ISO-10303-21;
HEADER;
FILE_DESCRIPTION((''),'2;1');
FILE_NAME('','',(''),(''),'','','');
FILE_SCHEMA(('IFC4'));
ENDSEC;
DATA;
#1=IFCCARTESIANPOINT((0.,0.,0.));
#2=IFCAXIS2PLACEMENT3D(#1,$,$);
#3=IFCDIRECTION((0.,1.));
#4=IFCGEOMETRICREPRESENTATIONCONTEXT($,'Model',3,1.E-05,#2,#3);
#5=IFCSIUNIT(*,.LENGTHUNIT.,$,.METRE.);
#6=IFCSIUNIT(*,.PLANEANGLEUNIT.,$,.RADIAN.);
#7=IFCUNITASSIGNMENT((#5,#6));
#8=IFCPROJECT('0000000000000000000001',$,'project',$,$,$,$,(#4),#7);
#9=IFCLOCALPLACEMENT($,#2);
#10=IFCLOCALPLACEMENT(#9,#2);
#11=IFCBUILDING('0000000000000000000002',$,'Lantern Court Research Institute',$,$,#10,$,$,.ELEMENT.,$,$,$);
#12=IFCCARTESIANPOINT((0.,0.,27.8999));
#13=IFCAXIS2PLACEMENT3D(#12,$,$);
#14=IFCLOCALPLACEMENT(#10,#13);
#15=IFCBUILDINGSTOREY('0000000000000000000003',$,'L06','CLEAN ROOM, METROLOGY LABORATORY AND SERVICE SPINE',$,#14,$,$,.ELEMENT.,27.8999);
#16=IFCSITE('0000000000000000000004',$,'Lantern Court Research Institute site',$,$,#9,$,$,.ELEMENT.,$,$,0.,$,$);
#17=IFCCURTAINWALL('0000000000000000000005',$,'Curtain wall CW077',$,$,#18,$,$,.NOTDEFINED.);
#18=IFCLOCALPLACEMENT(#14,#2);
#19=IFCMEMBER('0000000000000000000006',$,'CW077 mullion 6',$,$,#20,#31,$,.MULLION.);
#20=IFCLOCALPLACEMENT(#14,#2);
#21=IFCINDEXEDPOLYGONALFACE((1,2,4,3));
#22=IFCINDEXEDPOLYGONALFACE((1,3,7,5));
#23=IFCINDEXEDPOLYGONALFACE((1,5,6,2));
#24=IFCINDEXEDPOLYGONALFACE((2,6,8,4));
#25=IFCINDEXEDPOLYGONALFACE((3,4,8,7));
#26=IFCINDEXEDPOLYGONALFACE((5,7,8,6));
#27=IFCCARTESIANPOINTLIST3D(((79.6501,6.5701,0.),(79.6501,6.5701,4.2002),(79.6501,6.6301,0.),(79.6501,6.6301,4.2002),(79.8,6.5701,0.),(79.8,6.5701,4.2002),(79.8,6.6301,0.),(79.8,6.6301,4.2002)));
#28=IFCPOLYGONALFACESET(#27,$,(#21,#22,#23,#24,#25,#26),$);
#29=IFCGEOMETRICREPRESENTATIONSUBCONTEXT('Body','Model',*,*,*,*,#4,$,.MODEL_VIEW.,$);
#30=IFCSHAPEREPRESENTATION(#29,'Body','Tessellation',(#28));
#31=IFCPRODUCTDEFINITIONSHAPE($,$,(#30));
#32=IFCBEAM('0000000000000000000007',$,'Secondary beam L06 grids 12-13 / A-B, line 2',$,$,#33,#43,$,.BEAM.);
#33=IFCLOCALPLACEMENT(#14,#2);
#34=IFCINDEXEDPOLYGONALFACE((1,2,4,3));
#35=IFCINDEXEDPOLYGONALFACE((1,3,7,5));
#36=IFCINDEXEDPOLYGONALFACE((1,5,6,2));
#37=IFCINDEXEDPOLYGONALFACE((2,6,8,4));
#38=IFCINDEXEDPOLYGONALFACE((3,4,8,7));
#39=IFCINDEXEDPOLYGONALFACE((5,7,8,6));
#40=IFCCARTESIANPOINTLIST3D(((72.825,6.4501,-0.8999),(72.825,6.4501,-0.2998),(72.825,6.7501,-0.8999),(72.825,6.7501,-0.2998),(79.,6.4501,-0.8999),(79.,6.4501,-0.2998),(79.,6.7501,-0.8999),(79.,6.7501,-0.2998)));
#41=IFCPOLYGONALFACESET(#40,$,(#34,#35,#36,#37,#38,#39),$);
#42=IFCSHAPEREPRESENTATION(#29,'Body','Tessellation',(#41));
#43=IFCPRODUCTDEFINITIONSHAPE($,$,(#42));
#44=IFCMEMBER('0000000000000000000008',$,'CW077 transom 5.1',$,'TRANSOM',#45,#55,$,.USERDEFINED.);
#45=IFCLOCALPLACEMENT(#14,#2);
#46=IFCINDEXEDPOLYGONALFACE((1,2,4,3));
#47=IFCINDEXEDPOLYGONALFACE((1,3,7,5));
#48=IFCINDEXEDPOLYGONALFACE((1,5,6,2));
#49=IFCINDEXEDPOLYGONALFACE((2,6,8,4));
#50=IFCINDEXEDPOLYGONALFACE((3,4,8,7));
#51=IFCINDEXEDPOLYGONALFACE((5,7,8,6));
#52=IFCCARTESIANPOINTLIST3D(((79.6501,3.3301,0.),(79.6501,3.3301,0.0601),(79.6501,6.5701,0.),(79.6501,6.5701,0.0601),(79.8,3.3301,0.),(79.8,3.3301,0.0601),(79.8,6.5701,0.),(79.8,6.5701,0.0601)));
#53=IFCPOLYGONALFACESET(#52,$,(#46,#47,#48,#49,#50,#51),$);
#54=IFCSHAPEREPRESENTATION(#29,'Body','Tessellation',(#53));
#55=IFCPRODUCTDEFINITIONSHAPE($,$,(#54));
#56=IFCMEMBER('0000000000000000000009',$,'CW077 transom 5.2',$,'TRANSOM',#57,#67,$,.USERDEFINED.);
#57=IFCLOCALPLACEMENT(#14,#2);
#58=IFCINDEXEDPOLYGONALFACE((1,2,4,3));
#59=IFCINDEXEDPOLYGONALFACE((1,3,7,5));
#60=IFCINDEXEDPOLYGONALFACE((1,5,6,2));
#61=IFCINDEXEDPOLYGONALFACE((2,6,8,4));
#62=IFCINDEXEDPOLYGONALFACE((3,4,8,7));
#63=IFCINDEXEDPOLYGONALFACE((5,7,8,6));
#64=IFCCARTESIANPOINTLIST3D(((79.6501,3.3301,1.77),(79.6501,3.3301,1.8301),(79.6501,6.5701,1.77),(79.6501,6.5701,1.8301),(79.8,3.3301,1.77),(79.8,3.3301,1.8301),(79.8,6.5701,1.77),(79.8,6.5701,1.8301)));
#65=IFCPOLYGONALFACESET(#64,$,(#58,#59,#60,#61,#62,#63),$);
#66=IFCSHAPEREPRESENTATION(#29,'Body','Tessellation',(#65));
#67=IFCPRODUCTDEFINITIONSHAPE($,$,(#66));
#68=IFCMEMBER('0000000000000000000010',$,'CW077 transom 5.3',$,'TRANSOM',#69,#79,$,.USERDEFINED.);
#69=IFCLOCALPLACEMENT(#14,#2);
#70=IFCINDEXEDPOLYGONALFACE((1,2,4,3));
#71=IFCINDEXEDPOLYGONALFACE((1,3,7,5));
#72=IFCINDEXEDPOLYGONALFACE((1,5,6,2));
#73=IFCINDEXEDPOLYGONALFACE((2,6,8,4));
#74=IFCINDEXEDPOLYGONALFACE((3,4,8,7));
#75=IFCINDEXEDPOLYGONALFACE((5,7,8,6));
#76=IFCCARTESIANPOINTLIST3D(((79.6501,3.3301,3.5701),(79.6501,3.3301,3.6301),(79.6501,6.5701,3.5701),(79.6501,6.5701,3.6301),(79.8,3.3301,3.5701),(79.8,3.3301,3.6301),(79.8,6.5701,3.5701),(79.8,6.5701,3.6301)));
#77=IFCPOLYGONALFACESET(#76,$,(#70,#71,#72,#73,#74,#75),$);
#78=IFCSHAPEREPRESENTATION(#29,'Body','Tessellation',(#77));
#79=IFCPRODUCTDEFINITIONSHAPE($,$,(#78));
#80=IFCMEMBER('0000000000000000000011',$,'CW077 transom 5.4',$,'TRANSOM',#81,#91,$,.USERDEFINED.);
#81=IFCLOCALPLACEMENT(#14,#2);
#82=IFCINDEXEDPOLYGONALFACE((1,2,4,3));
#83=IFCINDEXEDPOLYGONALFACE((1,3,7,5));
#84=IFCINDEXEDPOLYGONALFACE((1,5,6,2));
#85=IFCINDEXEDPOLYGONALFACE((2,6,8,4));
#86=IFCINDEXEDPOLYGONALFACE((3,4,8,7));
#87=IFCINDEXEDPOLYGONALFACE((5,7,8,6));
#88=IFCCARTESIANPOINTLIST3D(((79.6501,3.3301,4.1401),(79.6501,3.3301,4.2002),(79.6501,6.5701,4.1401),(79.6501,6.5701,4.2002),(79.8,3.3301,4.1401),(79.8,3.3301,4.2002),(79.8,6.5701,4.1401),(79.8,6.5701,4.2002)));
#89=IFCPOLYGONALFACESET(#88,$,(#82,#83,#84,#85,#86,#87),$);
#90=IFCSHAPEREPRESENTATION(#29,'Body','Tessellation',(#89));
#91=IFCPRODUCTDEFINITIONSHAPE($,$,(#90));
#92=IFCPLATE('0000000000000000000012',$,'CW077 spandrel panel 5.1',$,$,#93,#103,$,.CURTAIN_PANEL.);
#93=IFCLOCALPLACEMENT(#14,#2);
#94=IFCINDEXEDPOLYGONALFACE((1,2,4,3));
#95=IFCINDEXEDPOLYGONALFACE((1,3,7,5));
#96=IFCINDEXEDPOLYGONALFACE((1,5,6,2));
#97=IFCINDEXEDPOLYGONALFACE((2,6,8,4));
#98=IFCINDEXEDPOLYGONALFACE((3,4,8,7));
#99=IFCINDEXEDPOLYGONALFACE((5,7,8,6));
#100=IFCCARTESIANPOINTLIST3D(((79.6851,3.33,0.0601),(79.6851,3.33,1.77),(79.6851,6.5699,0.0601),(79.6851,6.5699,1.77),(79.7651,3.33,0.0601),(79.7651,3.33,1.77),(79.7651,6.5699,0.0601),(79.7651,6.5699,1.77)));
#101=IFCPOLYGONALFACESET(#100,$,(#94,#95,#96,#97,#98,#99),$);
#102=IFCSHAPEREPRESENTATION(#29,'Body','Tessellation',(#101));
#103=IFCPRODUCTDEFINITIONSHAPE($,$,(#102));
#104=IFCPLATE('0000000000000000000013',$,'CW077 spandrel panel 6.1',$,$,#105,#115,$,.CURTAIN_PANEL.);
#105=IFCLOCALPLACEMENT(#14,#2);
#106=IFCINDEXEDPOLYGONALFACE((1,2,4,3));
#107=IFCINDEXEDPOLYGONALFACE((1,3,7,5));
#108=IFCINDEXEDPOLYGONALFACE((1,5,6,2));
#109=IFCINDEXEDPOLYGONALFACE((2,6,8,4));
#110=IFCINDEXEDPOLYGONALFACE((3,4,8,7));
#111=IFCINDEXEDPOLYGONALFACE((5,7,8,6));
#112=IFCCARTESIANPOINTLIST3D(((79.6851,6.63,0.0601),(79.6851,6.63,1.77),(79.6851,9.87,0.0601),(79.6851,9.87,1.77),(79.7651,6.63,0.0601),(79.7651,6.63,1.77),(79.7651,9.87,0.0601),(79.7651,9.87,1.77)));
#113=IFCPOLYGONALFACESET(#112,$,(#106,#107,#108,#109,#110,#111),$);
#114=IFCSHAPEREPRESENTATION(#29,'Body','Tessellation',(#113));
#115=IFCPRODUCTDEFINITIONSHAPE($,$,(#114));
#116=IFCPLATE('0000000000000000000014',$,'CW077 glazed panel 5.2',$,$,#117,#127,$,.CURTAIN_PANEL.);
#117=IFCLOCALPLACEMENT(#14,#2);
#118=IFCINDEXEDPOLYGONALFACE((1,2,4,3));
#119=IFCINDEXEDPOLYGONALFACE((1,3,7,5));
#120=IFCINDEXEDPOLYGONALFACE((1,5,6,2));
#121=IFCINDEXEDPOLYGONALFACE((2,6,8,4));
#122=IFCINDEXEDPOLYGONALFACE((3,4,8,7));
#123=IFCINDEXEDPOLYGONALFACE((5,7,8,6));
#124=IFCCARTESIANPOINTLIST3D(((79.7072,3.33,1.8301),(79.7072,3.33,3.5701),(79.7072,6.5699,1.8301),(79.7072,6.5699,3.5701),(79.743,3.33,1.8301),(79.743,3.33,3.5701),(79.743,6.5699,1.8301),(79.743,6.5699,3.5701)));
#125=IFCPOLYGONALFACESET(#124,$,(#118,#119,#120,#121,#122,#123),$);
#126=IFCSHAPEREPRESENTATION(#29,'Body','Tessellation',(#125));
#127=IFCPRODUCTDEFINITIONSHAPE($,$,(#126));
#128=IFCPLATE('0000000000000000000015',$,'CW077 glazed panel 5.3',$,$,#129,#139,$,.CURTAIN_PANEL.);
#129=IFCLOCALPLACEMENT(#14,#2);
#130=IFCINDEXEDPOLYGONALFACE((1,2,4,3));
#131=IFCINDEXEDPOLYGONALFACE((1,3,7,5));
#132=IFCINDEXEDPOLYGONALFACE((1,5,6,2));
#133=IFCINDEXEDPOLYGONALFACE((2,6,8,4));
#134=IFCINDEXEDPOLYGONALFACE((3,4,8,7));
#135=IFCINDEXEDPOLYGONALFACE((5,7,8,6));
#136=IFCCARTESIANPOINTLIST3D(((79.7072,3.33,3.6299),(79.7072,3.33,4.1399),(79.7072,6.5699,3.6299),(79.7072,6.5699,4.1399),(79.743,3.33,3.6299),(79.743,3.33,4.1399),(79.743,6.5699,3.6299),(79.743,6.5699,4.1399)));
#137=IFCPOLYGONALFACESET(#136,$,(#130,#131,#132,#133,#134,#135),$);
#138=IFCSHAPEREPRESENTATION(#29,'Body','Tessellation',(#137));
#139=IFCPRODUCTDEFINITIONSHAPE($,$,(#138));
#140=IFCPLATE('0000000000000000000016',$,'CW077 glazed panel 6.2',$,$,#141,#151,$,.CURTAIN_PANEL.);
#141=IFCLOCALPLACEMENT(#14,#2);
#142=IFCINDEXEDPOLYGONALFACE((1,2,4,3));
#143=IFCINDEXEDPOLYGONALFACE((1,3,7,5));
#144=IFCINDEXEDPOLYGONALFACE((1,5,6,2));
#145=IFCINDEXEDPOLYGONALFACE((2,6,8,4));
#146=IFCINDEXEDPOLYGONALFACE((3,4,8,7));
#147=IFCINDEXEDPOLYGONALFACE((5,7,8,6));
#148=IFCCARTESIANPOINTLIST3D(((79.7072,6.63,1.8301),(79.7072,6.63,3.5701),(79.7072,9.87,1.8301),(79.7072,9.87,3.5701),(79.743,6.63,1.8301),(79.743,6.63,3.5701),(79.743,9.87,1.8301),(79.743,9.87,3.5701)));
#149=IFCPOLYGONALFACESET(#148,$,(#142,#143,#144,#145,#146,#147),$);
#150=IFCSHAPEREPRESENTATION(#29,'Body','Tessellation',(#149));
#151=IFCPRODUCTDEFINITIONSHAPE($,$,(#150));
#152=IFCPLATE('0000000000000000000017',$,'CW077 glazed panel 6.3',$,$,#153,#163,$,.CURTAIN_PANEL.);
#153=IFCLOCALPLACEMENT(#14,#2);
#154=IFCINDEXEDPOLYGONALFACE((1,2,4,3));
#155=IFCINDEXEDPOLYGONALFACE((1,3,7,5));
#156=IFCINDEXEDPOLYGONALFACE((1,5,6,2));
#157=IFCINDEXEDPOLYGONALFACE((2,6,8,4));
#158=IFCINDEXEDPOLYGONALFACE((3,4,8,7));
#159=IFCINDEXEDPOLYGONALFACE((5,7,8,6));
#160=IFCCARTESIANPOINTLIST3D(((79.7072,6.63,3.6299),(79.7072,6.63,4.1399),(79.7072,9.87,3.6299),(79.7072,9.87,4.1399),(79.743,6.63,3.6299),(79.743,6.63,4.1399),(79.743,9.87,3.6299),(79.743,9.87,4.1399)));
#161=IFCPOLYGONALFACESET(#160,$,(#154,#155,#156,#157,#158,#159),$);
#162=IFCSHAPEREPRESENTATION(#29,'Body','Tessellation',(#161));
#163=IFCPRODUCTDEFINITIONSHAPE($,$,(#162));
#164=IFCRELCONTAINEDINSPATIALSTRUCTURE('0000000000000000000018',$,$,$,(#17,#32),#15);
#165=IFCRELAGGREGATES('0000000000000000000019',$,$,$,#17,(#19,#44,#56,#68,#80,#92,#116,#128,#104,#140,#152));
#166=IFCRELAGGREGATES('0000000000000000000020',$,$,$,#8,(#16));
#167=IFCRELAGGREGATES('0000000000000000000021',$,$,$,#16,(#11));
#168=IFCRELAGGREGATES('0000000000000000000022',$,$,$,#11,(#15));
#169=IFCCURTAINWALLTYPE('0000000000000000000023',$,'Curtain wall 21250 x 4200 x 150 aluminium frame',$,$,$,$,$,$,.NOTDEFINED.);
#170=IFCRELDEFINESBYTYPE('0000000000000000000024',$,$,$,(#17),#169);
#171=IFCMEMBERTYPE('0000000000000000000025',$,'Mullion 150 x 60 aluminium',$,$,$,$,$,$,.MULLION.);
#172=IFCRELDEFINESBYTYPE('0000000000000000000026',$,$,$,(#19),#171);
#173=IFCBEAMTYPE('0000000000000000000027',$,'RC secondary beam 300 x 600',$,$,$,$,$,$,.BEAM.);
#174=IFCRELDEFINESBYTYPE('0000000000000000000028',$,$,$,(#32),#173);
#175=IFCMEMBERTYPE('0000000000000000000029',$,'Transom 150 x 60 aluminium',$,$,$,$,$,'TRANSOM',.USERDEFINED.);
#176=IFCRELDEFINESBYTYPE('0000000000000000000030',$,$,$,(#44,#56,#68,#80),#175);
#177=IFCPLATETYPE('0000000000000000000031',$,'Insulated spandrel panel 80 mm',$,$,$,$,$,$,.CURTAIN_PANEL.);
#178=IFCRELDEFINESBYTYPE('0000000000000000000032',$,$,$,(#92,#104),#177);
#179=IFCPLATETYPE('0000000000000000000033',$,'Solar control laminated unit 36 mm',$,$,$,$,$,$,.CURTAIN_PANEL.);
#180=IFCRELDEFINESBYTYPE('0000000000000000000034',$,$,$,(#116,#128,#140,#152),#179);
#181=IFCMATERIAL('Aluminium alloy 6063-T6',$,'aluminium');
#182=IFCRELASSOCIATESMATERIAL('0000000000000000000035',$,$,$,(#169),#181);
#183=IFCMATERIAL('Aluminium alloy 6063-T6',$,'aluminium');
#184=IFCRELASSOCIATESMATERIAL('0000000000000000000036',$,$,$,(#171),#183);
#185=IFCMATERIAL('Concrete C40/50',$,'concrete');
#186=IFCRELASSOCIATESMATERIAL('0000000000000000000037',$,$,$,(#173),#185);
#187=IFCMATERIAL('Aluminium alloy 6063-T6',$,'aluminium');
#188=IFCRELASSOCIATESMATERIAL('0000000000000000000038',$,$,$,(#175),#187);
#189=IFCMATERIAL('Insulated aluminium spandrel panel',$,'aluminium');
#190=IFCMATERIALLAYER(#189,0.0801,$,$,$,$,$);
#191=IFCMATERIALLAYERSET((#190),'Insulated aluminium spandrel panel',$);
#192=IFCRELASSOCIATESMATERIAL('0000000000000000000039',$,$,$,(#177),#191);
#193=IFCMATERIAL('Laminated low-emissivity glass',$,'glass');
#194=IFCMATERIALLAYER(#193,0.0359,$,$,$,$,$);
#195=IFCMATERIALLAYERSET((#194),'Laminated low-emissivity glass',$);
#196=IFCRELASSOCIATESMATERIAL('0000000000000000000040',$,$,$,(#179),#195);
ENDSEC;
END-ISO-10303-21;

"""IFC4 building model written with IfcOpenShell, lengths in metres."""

from ifc_helpers import new_model, si_unit, direction, frame, origin, origin_2d, place, context, subcontext, project, spatial, rectangle, extrude, material, layer, layer_set, material_profile, profile_set, type_object, element, aggregate, save


model = new_model("IFC4")

# Units and contexts
model_context = context("Model", 3, precision=1e-05, world=origin(), true_north=direction((0.0, 1.0)))
body_context = subcontext(model_context, "Body", "Model", "MODEL_VIEW")
ifc_project = project(units=[si_unit("LENGTHUNIT", "METRE"), si_unit("PLANEANGLEUNIT", "RADIAN")], contexts=[model_context])

# Site, building, storey
site_placement = place(None, origin())
site = spatial("IfcSite", under=ifc_project, at=site_placement, Name="Lantern Court Research Institute site", CompositionType="ELEMENT", RefElevation=0.0)
building_placement = place(site_placement, origin())
building = spatial("IfcBuilding", under=site, at=building_placement, Name="Lantern Court Research Institute", CompositionType="ELEMENT")
storey_placement = place(building_placement, frame((0.0, 0.0, 27.8999)))
storey = spatial("IfcBuildingStorey", under=building, at=storey_placement, Name="L06", Description="CLEAN ROOM, METROLOGY LABORATORY AND SERVICE SPINE", CompositionType="ELEMENT", Elevation=27.8999)

# Curtain wall, member
ifc_material_1 = material(Name="Aluminium alloy 6063-T6", Category="aluminium")
curtain_wall_type = type_object("IfcCurtainWallType", Name="Curtain wall 21250 x 4200 x 150 aluminium frame", PredefinedType="NOTDEFINED", material=ifc_material_1)
curtain_wall_placement = place(storey_placement, origin())
curtain_wall = element("IfcCurtainWall", 1, at=curtain_wall_placement, inside=storey, type_object=curtain_wall_type, Name="Curtain wall CW077", PredefinedType="NOTDEFINED")
ifc_material_2 = material(Name="Aluminium alloy 6063-T6", Category="aluminium")
ifc_material_profile_1 = material_profile(ifc_material_2, rectangle(XDim=0.1499, YDim=0.0601, at=origin_2d()), Name="Mullion 150 x 60")
ifc_profile_set_1 = profile_set([ifc_material_profile_1], Name="Aluminium alloy 6063-T6")
member_type_1 = type_object("IfcMemberType", Name="Mullion 150 x 60 aluminium", PredefinedType="MULLION", material=ifc_profile_set_1)
member_1_placement = place(storey_placement, frame((79.7251, 6.6001, 0.0), z_axis=(0.0, 0.0, 1.0), x_axis=(1.0, 0.0, 0.0)))
member_1 = element("IfcMember", 2, at=member_1_placement, type_object=member_type_1, Name="CW077 mullion 6", PredefinedType="MULLION", context=body_context, shape_type="SweptSolid", body=[
    extrude(rectangle(XDim=0.1499, YDim=0.0601, at=origin_2d()), origin(), (0.0, 0.0, 1.0), 4.2002),
])

# Beam
ifc_material_3 = material(Name="Concrete C40/50", Category="concrete")
ifc_material_profile_2 = material_profile(ifc_material_3, rectangle(XDim=0.3, YDim=0.6001, at=origin_2d()), Name="RC beam 300 x 600")
ifc_profile_set_2 = profile_set([ifc_material_profile_2], Name="Concrete C40/50")
beam_type = type_object("IfcBeamType", Name="RC secondary beam 300 x 600", PredefinedType="BEAM", material=ifc_profile_set_2)
beam_placement = place(storey_placement, frame((72.825, 6.6001, -0.5999), z_axis=(1.0, 0.0, 0.0), x_axis=(0.0, 1.0, 0.0)))
element("IfcBeam", 3, at=beam_placement, inside=storey, type_object=beam_type, Name="Secondary beam L06 grids 12-13 / A-B, line 2", PredefinedType="BEAM", context=body_context, shape_type="SweptSolid", body=[
    extrude(rectangle(XDim=0.3, YDim=0.6001, at=origin_2d()), origin(), (0.0, 0.0, 1.0), 6.175),
])

# Members
ifc_material_4 = material(Name="Aluminium alloy 6063-T6", Category="aluminium")
ifc_material_profile_3 = material_profile(ifc_material_4, rectangle(XDim=0.1499, YDim=0.0601, at=origin_2d()), Name="Transom 150 x 60")
ifc_profile_set_3 = profile_set([ifc_material_profile_3], Name="Aluminium alloy 6063-T6")
member_type_2 = type_object("IfcMemberType", Name="Transom 150 x 60 aluminium", ElementType="TRANSOM", PredefinedType="USERDEFINED", material=ifc_profile_set_3)
member_2_placement = place(storey_placement, frame((79.7251, 6.5701, 0.03), z_axis=(0.0, -1.0, 0.0), x_axis=(1.0, 0.0, 0.0)))
member_2 = element("IfcMember", 4, at=member_2_placement, type_object=member_type_2, Name="CW077 transom 5.1", ObjectType="TRANSOM", PredefinedType="USERDEFINED", context=body_context, shape_type="SweptSolid", body=[
    extrude(rectangle(XDim=0.1499, YDim=0.0601, at=origin_2d()), origin(), (0.0, 0.0, 1.0), 3.24),
])
member_3_placement = place(storey_placement, frame((79.7251, 6.5701, 1.8), z_axis=(0.0, -1.0, 0.0), x_axis=(1.0, 0.0, 0.0)))
member_3 = element("IfcMember", 5, at=member_3_placement, type_object=member_type_2, Name="CW077 transom 5.2", ObjectType="TRANSOM", PredefinedType="USERDEFINED", context=body_context, shape_type="SweptSolid", body=[
    extrude(rectangle(XDim=0.1499, YDim=0.0601, at=origin_2d()), origin(), (0.0, 0.0, 1.0), 3.24),
])
member_4_placement = place(storey_placement, frame((79.7251, 6.5701, 3.6001), z_axis=(0.0, -1.0, 0.0), x_axis=(1.0, 0.0, 0.0)))
member_4 = element("IfcMember", 6, at=member_4_placement, type_object=member_type_2, Name="CW077 transom 5.3", ObjectType="TRANSOM", PredefinedType="USERDEFINED", context=body_context, shape_type="SweptSolid", body=[
    extrude(rectangle(XDim=0.1499, YDim=0.0601, at=origin_2d()), origin(), (0.0, 0.0, 1.0), 3.24),
])
member_5_placement = place(storey_placement, frame((79.7251, 6.5701, 4.1702), z_axis=(0.0, -1.0, 0.0), x_axis=(1.0, 0.0, 0.0)))
member_5 = element("IfcMember", 7, at=member_5_placement, type_object=member_type_2, Name="CW077 transom 5.4", ObjectType="TRANSOM", PredefinedType="USERDEFINED", context=body_context, shape_type="SweptSolid", body=[
    extrude(rectangle(XDim=0.1499, YDim=0.0601, at=origin_2d()), origin(), (0.0, 0.0, 1.0), 3.24),
])

# Plates
ifc_material_5 = material(Name="Insulated aluminium spandrel panel", Category="aluminium")
ifc_layer_1 = layer(ifc_material_5, 0.0801)
ifc_layer_set_1 = layer_set([ifc_layer_1], Name="Insulated aluminium spandrel panel")
plate_type_1 = type_object("IfcPlateType", Name="Insulated spandrel panel 80 mm", PredefinedType="CURTAIN_PANEL", material=ifc_layer_set_1)
plate_1_placement = place(storey_placement, frame((79.7251, 4.95, 0.0601), z_axis=(0.0, 0.0, 1.0), x_axis=(0.0, -1.0, 0.0)))
plate_1 = element("IfcPlate", 8, at=plate_1_placement, type_object=plate_type_1, Name="CW077 spandrel panel 5.1", PredefinedType="CURTAIN_PANEL", context=body_context, shape_type="SweptSolid", body=[
    extrude(rectangle(XDim=3.24, YDim=0.0801, at=origin_2d()), origin(), (0.0, 0.0, 1.0), 1.71),
])
plate_2_placement = place(storey_placement, frame((79.7251, 8.25, 0.0601), z_axis=(0.0, 0.0, 1.0), x_axis=(0.0, -1.0, 0.0)))
plate_2 = element("IfcPlate", 9, at=plate_2_placement, type_object=plate_type_1, Name="CW077 spandrel panel 6.1", PredefinedType="CURTAIN_PANEL", context=body_context, shape_type="SweptSolid", body=[
    extrude(rectangle(XDim=3.24, YDim=0.0801, at=origin_2d()), origin(), (0.0, 0.0, 1.0), 1.71),
])
ifc_material_6 = material(Name="Laminated low-emissivity glass", Category="glass")
ifc_layer_2 = layer(ifc_material_6, 0.0359)
ifc_layer_set_2 = layer_set([ifc_layer_2], Name="Laminated low-emissivity glass")
plate_type_2 = type_object("IfcPlateType", Name="Solar control laminated unit 36 mm", PredefinedType="CURTAIN_PANEL", material=ifc_layer_set_2)
plate_3_placement = place(storey_placement, frame((79.7251, 4.95, 1.8301), z_axis=(0.0, 0.0, 1.0), x_axis=(0.0, -1.0, 0.0)))
plate_3 = element("IfcPlate", 10, at=plate_3_placement, type_object=plate_type_2, Name="CW077 glazed panel 5.2", PredefinedType="CURTAIN_PANEL", context=body_context, shape_type="SweptSolid", body=[
    extrude(rectangle(XDim=3.24, YDim=0.0359, at=origin_2d()), origin(), (0.0, 0.0, 1.0), 1.74),
])
plate_4_placement = place(storey_placement, frame((79.7251, 4.95, 3.6299), z_axis=(0.0, 0.0, 1.0), x_axis=(0.0, -1.0, 0.0)))
plate_4 = element("IfcPlate", 11, at=plate_4_placement, type_object=plate_type_2, Name="CW077 glazed panel 5.3", PredefinedType="CURTAIN_PANEL", context=body_context, shape_type="SweptSolid", body=[
    extrude(rectangle(XDim=3.24, YDim=0.0359, at=origin_2d()), origin(), (0.0, 0.0, 1.0), 0.51),
])
plate_5_placement = place(storey_placement, frame((79.7251, 8.25, 1.8301), z_axis=(0.0, 0.0, 1.0), x_axis=(0.0, -1.0, 0.0)))
plate_5 = element("IfcPlate", 12, at=plate_5_placement, type_object=plate_type_2, Name="CW077 glazed panel 6.2", PredefinedType="CURTAIN_PANEL", context=body_context, shape_type="SweptSolid", body=[
    extrude(rectangle(XDim=3.24, YDim=0.0359, at=origin_2d()), origin(), (0.0, 0.0, 1.0), 1.74),
])
plate_6_placement = place(storey_placement, frame((79.7251, 8.25, 3.6299), z_axis=(0.0, 0.0, 1.0), x_axis=(0.0, -1.0, 0.0)))
plate_6 = element("IfcPlate", 13, at=plate_6_placement, type_object=plate_type_2, Name="CW077 glazed panel 6.3", PredefinedType="CURTAIN_PANEL", context=body_context, shape_type="SweptSolid", body=[
    extrude(rectangle(XDim=3.24, YDim=0.0359, at=origin_2d()), origin(), (0.0, 0.0, 1.0), 0.51),
])
aggregate(curtain_wall, [member_1, member_2, member_3, member_4, member_5, plate_1, plate_3, plate_4, plate_2, plate_5, plate_6])

save(model, "model.ifc")
